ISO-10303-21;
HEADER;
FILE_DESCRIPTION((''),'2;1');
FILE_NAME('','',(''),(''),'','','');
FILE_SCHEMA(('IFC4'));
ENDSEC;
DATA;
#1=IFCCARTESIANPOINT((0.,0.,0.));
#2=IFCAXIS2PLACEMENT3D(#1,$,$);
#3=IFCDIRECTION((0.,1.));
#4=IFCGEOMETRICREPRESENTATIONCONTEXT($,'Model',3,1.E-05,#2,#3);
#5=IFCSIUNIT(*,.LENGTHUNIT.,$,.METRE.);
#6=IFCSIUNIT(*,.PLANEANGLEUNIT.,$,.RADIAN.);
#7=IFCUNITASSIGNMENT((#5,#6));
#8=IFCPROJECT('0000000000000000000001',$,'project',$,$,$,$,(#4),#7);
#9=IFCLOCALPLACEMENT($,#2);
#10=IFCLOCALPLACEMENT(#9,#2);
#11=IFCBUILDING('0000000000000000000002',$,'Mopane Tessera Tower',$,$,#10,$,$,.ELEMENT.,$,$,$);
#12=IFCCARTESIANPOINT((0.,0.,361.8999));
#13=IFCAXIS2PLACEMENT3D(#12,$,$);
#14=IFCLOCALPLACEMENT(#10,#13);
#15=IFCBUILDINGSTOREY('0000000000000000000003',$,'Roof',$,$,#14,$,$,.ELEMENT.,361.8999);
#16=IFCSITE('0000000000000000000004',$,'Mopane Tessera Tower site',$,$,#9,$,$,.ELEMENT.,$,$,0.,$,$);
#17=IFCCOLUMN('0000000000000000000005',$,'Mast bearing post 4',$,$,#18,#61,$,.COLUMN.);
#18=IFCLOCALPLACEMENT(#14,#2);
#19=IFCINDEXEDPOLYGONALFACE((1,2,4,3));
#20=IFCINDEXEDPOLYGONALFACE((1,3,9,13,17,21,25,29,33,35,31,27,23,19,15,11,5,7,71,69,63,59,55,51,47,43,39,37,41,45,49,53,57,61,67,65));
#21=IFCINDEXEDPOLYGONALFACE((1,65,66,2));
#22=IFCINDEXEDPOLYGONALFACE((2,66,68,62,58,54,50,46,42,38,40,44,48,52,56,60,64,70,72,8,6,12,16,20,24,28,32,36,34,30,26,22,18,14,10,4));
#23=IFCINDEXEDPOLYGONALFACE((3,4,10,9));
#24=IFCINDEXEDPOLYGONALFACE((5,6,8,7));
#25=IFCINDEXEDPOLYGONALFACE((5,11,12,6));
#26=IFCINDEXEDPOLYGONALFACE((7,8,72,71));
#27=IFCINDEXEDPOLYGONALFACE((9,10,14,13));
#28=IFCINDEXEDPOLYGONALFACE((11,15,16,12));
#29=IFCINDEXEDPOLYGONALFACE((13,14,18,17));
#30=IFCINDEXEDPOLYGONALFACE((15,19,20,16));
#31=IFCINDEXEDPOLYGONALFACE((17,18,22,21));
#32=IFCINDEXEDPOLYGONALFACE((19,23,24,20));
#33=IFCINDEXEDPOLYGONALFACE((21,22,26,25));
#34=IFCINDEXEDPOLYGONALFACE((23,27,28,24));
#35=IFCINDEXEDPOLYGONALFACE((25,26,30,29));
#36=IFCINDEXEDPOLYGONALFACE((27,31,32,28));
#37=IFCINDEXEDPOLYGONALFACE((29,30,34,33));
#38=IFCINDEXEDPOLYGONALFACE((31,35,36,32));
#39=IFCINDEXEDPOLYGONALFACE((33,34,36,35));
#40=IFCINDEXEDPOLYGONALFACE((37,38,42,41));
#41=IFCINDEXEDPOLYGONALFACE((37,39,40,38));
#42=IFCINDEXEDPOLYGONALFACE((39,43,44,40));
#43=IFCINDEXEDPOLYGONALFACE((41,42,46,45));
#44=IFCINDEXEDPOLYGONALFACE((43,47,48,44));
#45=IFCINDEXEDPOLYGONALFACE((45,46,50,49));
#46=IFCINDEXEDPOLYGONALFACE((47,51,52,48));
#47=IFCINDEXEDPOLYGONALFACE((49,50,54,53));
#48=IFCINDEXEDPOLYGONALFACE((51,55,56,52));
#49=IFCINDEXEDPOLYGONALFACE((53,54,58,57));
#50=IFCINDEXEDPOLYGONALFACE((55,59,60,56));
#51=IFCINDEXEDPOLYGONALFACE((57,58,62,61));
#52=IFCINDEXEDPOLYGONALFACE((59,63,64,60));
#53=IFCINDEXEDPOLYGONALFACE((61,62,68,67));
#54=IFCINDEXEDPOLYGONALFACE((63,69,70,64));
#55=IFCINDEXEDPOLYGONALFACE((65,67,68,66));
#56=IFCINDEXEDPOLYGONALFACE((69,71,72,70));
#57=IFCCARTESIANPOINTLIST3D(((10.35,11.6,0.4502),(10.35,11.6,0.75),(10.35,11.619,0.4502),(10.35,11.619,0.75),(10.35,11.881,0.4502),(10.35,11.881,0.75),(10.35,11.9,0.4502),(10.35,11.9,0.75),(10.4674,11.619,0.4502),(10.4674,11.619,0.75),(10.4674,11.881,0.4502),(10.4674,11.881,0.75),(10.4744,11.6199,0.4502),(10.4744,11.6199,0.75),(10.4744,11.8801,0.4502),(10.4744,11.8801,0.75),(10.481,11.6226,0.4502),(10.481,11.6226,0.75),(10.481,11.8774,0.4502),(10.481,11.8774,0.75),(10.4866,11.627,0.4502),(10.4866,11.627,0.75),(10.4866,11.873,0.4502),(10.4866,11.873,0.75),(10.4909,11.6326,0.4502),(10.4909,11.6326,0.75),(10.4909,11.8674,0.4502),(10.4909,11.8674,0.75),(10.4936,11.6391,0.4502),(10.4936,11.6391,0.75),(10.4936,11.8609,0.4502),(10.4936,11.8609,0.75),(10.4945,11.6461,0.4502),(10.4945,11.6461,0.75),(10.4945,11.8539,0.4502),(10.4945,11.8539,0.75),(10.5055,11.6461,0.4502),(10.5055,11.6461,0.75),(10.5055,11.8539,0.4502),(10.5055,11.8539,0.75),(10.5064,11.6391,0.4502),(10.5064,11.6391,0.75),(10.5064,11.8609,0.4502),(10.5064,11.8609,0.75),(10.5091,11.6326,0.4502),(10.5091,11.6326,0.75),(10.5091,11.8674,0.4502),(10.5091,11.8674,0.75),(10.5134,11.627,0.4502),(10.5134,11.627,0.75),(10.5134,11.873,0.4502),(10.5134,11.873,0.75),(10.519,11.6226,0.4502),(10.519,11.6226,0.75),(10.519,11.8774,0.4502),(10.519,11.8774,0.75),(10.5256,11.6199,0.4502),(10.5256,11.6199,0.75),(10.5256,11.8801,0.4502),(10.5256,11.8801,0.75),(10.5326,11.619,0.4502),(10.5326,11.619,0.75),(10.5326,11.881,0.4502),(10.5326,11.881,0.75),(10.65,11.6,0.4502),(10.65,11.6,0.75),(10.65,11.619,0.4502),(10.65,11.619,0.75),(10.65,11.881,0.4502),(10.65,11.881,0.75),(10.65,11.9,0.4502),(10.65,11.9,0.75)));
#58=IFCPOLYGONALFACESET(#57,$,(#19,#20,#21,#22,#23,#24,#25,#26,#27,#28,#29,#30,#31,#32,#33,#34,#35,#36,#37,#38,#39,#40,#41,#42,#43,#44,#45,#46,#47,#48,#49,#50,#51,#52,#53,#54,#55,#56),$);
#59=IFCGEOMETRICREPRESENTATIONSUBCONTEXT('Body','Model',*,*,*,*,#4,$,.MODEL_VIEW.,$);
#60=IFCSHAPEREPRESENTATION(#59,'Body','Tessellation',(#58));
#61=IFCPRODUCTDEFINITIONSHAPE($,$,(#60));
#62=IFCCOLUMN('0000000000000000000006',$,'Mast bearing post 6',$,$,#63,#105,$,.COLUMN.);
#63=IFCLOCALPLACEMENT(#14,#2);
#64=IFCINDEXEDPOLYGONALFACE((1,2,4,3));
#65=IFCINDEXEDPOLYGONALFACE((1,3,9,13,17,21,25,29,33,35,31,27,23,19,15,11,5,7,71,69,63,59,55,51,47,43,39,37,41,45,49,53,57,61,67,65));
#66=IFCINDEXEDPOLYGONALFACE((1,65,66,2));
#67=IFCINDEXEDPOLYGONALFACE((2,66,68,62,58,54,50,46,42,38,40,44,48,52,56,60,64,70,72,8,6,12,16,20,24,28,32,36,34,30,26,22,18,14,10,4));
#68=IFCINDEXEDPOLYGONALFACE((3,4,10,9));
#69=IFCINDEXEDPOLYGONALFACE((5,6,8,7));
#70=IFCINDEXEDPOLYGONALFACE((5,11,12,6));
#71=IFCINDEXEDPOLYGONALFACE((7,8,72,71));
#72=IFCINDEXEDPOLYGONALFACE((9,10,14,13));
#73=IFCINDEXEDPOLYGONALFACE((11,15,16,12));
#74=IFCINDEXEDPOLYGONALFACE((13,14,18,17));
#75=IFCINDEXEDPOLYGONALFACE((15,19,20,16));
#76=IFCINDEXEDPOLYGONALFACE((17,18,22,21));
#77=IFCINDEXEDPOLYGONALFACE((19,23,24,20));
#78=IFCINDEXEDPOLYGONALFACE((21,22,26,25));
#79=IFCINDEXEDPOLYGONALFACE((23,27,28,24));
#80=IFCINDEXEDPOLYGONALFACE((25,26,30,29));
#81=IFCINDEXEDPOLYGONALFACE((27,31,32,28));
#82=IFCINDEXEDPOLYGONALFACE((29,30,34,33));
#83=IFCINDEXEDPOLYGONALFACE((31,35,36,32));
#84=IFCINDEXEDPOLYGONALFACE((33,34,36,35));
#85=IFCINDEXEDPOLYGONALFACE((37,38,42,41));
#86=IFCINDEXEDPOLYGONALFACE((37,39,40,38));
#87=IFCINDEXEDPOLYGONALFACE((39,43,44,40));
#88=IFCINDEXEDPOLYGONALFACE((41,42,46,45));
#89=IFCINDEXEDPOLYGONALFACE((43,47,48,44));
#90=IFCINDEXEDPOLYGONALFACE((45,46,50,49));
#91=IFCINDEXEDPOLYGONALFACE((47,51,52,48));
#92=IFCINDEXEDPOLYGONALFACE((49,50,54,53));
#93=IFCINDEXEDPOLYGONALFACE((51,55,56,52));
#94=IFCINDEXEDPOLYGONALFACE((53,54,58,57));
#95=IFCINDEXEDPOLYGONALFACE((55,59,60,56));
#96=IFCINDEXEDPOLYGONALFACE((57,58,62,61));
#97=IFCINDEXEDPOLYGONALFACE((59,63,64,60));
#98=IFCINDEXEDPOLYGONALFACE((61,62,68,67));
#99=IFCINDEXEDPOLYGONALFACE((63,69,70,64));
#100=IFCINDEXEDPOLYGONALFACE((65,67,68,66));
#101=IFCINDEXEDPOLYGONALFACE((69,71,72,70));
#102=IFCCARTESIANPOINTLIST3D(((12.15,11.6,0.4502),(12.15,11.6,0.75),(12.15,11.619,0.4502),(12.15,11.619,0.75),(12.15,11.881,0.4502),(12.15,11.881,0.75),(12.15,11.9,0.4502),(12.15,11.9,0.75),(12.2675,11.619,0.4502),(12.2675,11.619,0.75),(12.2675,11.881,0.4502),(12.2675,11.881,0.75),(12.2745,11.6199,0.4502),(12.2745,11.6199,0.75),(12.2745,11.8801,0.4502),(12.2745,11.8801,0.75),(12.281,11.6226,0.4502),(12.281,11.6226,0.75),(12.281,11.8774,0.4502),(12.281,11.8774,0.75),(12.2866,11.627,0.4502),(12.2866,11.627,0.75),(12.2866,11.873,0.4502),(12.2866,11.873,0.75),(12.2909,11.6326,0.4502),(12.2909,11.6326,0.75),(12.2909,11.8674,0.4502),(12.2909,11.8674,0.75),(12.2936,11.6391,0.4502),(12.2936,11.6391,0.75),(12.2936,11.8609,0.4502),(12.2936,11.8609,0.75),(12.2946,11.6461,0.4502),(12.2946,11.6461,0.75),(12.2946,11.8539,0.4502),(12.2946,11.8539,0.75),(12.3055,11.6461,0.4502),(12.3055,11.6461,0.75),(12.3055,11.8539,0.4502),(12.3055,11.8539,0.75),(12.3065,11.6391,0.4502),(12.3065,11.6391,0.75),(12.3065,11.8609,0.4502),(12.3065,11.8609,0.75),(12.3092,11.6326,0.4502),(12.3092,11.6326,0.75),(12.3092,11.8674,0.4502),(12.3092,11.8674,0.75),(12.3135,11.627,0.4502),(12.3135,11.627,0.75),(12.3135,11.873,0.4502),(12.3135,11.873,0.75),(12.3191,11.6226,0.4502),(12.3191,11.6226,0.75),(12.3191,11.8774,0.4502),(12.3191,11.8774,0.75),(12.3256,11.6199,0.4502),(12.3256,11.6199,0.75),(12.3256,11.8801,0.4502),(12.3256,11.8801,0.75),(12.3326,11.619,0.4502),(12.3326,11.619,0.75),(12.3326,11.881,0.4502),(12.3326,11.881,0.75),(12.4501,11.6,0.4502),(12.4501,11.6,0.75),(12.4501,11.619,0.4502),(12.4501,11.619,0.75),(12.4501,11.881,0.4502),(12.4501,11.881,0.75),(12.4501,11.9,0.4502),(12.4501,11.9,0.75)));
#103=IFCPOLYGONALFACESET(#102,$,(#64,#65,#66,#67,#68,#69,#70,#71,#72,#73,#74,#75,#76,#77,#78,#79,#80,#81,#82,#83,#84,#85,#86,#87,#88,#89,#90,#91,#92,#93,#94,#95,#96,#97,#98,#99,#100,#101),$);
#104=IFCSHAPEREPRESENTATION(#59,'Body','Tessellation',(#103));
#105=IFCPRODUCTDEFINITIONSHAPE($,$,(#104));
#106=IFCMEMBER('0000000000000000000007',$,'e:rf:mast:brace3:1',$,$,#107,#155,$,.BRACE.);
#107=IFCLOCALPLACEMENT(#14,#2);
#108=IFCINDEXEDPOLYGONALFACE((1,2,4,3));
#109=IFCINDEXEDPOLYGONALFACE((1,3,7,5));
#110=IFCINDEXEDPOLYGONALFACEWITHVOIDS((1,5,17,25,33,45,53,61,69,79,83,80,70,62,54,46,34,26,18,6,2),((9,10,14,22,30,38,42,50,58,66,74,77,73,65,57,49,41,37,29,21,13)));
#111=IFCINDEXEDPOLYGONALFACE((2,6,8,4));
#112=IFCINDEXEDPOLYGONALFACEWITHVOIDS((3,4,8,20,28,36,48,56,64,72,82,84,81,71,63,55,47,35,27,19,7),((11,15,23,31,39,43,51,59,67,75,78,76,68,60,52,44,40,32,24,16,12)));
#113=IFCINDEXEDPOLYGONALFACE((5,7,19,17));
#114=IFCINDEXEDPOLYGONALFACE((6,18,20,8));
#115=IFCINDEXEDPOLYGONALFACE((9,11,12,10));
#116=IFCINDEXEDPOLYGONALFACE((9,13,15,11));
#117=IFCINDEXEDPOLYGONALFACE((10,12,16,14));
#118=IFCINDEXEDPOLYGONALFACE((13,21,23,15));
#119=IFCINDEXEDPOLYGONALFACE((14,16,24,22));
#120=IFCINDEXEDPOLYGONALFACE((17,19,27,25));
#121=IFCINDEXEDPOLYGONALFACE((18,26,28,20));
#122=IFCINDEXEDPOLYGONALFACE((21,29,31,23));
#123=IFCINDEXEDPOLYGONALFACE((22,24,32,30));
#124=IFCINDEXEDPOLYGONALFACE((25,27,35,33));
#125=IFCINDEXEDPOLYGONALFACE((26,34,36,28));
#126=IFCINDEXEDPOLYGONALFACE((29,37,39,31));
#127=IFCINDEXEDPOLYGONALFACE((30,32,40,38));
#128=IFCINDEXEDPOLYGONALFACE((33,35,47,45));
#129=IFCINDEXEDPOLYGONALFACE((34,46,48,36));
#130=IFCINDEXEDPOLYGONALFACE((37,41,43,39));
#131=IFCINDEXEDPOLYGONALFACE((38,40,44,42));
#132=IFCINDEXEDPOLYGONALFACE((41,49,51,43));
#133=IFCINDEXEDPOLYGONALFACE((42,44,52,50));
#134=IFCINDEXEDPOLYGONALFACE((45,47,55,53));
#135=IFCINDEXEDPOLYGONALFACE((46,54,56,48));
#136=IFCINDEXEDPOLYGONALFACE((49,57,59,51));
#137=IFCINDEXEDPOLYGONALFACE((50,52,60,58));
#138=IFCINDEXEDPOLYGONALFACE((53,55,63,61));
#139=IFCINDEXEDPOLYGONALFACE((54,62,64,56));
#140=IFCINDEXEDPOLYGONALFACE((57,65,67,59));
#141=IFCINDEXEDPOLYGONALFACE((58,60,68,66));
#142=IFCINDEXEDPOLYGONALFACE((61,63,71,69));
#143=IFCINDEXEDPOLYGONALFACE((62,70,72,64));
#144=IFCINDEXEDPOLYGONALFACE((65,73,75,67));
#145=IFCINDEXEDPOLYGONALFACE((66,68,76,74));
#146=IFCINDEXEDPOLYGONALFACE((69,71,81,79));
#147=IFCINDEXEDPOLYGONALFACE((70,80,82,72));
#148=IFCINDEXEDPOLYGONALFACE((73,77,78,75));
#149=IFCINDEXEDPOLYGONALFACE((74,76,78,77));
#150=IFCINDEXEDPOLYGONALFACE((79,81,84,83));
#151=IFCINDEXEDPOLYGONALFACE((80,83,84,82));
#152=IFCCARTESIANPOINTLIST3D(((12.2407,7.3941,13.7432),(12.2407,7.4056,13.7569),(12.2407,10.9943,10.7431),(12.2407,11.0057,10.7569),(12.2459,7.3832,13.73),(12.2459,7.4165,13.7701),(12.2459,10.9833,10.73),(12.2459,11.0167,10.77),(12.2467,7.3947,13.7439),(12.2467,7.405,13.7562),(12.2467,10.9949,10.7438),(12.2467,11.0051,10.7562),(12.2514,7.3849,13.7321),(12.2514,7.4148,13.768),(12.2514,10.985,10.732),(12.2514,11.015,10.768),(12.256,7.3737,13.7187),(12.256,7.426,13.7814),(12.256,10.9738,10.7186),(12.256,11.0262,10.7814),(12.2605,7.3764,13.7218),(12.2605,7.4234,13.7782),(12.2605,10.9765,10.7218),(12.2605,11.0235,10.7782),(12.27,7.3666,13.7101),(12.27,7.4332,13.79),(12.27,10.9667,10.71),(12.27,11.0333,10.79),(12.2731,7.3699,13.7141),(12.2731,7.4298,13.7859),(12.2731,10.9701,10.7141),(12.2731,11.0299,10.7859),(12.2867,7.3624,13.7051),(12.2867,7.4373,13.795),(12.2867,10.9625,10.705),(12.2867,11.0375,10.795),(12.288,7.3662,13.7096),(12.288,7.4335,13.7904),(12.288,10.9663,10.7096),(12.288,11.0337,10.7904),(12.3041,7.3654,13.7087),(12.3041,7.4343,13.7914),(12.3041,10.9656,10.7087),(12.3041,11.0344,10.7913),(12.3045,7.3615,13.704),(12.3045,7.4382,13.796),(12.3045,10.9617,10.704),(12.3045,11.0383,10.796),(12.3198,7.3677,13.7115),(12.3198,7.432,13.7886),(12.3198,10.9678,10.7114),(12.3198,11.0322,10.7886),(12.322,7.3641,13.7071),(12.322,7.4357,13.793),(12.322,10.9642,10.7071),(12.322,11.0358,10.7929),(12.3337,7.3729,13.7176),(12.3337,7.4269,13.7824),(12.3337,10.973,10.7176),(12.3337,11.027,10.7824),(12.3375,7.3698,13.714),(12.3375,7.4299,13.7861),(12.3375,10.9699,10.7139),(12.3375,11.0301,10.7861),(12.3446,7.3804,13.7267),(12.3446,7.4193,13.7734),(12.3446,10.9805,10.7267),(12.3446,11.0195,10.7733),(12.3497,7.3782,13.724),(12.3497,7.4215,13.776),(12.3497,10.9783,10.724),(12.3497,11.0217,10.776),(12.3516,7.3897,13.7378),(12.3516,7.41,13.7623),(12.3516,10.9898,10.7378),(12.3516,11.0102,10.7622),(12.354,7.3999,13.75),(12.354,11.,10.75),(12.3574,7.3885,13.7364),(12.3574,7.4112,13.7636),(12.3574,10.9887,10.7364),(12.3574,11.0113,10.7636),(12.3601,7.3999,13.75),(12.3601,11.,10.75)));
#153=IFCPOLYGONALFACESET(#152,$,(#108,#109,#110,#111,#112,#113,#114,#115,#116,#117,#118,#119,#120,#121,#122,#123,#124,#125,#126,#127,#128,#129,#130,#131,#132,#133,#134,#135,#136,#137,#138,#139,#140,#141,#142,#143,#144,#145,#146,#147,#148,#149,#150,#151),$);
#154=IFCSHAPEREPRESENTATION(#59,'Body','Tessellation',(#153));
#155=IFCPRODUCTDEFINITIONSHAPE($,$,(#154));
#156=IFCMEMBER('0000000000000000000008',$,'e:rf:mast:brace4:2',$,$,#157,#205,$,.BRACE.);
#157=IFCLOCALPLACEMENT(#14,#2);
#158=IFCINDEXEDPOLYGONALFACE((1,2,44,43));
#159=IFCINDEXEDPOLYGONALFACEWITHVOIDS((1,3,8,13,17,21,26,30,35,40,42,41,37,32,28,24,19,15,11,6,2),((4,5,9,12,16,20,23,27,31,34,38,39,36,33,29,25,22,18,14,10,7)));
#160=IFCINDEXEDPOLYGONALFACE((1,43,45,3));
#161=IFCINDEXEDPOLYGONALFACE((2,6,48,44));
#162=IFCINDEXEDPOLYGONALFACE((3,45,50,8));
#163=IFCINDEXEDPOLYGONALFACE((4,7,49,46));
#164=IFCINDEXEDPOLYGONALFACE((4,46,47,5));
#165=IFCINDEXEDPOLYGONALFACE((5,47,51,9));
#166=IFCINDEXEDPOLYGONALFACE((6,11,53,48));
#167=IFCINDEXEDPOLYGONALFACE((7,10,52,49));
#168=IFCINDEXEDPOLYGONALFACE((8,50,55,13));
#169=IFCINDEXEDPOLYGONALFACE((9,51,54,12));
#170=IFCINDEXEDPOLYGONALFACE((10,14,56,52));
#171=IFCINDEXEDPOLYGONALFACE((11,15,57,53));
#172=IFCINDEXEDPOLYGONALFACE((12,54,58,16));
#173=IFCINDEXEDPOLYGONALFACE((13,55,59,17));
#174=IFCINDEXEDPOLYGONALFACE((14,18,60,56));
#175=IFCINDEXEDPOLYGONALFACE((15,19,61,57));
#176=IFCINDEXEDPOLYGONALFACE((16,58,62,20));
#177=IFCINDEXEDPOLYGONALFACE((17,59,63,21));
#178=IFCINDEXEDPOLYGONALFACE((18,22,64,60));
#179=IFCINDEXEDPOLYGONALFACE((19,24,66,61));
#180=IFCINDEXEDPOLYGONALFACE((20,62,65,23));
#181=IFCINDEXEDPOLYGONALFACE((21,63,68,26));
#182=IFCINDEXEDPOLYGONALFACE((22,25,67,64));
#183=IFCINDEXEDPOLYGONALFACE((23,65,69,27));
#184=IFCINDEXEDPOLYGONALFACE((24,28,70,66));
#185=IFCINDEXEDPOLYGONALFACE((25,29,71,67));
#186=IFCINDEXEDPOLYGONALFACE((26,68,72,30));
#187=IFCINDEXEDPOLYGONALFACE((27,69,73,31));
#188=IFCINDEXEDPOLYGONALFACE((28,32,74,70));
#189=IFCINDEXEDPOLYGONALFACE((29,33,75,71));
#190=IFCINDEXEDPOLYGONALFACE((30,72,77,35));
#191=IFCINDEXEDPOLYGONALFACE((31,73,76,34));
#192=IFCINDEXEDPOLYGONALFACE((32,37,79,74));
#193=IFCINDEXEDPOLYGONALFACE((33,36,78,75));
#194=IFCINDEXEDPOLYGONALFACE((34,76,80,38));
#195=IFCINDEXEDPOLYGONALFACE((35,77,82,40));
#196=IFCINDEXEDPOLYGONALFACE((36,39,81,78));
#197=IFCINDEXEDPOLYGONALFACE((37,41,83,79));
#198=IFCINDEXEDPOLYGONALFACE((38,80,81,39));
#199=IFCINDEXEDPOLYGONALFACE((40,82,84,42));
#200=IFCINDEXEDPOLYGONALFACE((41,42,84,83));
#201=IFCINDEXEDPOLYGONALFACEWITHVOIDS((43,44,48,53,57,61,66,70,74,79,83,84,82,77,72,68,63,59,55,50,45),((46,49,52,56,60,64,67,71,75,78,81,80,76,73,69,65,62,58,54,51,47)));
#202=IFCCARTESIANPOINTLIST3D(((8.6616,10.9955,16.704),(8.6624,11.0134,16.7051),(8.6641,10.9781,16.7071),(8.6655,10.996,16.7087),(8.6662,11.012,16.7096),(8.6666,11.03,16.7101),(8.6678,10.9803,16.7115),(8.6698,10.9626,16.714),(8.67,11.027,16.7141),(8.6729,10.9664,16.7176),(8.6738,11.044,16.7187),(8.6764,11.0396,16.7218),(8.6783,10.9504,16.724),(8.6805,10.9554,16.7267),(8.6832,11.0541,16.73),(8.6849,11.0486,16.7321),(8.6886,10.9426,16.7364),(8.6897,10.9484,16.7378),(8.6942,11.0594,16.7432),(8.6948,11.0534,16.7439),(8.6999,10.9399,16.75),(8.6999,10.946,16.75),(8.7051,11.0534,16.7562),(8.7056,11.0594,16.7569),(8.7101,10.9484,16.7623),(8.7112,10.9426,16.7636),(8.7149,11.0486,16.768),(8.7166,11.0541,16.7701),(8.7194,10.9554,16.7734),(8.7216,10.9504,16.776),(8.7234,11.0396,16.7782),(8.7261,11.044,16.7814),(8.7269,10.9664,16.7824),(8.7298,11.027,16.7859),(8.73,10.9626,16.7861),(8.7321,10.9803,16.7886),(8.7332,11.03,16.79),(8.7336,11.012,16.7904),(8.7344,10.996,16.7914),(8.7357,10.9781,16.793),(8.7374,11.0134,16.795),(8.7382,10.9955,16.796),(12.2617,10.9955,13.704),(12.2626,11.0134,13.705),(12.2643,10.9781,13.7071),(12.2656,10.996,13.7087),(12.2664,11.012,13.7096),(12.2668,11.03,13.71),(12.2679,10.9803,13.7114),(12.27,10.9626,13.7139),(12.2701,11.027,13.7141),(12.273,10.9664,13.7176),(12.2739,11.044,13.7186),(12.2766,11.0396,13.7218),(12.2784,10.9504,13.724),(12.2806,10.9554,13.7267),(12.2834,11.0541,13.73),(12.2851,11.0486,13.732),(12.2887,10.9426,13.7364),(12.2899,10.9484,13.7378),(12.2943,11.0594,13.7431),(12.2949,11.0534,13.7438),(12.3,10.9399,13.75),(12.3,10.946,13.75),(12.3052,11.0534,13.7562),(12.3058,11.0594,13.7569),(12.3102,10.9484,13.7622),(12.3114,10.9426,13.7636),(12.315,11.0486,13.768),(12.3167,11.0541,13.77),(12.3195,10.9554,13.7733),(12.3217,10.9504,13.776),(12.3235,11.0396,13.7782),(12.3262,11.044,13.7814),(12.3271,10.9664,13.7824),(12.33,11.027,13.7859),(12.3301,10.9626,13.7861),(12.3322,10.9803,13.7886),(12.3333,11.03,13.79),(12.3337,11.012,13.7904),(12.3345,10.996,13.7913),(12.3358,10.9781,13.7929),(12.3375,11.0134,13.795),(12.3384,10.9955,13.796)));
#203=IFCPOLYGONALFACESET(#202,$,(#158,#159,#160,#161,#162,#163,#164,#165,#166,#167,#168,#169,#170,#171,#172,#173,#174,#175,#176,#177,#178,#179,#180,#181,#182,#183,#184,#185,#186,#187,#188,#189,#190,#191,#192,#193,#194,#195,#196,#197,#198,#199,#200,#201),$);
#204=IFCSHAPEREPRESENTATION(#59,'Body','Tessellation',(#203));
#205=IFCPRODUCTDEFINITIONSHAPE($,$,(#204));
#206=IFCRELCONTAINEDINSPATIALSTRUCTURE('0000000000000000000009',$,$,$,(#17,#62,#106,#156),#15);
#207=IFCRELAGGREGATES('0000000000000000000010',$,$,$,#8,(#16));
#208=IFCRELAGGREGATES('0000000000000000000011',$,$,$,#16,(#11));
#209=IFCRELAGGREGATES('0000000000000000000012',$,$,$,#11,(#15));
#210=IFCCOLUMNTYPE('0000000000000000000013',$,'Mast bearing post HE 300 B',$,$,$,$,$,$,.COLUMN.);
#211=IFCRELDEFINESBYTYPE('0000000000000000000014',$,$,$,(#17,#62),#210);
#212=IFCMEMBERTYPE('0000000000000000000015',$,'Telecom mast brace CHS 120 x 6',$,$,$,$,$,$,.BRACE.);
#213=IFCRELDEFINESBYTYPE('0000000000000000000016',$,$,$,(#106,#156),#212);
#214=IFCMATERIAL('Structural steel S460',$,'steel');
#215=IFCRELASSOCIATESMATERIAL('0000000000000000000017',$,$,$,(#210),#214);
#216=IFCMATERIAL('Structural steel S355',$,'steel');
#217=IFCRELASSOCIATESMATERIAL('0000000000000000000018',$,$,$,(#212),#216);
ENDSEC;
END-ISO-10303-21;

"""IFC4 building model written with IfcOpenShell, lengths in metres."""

from ifc_helpers import new_model, si_unit, direction, frame, origin, origin_2d, place, context, subcontext, project, spatial, hollow_circle, i_section, extrude, material, material_profile, profile_set, type_object, element, save


model = new_model("IFC4")

# Units and contexts
model_context = context("Model", 3, precision=1e-05, world=origin(), true_north=direction((0.0, 1.0)))
body_context = subcontext(model_context, "Body", "Model", "MODEL_VIEW")
ifc_project = project(units=[si_unit("LENGTHUNIT", "METRE"), si_unit("PLANEANGLEUNIT", "RADIAN")], contexts=[model_context])

# Site, building, storey
site_placement = place(None, origin())
site = spatial("IfcSite", under=ifc_project, at=site_placement, Name="Mopane Tessera Tower site", CompositionType="ELEMENT", RefElevation=0.0)
building_placement = place(site_placement, origin())
building = spatial("IfcBuilding", under=site, at=building_placement, Name="Mopane Tessera Tower", CompositionType="ELEMENT")
storey_placement = place(building_placement, frame((0.0, 0.0, 361.8999)))
storey = spatial("IfcBuildingStorey", under=building, at=storey_placement, Name="Roof", CompositionType="ELEMENT", Elevation=361.8999)

# Columns
ifc_material_1 = material(Name="Structural steel S460", Category="steel")
ifc_material_profile_1 = material_profile(ifc_material_1, i_section(OverallWidth=0.3, OverallDepth=0.3, WebThickness=0.011, FlangeThickness=0.019, FilletRadius=0.0271, at=origin_2d()))
ifc_profile_set_1 = profile_set([ifc_material_profile_1], Name="Structural steel S460")
column_type = type_object("IfcColumnType", Name="Mast bearing post HE 300 B", PredefinedType="COLUMN", material=ifc_profile_set_1)
for number, where, z_axis, x_axis, name in (
    (1, (10.5, 11.75, 0.4502), (0.0, 0.0, 1.0), (1.0, 0.0, 0.0), "Mast bearing post 4"),
    (2, (12.3, 11.75, 0.4502), (0.0, 0.0, 1.0), (1.0, 0.0, 0.0), "Mast bearing post 6"),
):
    element("IfcColumn", number, at=place(storey_placement, frame(where, z_axis=z_axis, x_axis=x_axis)), inside=storey, type_object=column_type, Name=name, PredefinedType="COLUMN", context=body_context, shape_type="SweptSolid", body=[
        extrude(i_section(OverallWidth=0.3, OverallDepth=0.3, WebThickness=0.011, FlangeThickness=0.019, FilletRadius=0.0271, at=origin_2d()), origin(), (0.0, 0.0, 1.0), 0.2998),
    ])

# Members
ifc_material_2 = material(Name="Structural steel S355", Category="steel")
ifc_material_profile_2 = material_profile(ifc_material_2, hollow_circle(Radius=0.0601, WallThickness=0.0061, at=origin_2d()))
ifc_profile_set_2 = profile_set([ifc_material_profile_2], Name="Structural steel S355")
member_type_1 = type_object("IfcMemberType", Name="Telecom mast brace CHS 120 x 6", PredefinedType="BRACE", material=ifc_profile_set_2)
for number, where, z_axis, x_axis, name in (
    (3, (12.3, 11.0, 10.75), (0.0, -0.76823, 0.640174), (1.0, 0.0, 0.0), "e:rf:mast:brace3:1"),
    (4, (12.3, 11.0, 13.75), (-0.76823, 0.0, 0.640174), (0.0, -1.0, 0.0), "e:rf:mast:brace4:2"),
):
    element("IfcMember", number, at=place(storey_placement, frame(where, z_axis=z_axis, x_axis=x_axis)), inside=storey, type_object=member_type_1, Name=name, PredefinedType="BRACE", context=body_context, shape_type="SweptSolid", body=[
        extrude(hollow_circle(Radius=0.0601, WallThickness=0.0061, at=origin_2d()), origin(), (0.0, 0.0, 1.0), 4.6863),
    ])

save(model, "model.ifc")
